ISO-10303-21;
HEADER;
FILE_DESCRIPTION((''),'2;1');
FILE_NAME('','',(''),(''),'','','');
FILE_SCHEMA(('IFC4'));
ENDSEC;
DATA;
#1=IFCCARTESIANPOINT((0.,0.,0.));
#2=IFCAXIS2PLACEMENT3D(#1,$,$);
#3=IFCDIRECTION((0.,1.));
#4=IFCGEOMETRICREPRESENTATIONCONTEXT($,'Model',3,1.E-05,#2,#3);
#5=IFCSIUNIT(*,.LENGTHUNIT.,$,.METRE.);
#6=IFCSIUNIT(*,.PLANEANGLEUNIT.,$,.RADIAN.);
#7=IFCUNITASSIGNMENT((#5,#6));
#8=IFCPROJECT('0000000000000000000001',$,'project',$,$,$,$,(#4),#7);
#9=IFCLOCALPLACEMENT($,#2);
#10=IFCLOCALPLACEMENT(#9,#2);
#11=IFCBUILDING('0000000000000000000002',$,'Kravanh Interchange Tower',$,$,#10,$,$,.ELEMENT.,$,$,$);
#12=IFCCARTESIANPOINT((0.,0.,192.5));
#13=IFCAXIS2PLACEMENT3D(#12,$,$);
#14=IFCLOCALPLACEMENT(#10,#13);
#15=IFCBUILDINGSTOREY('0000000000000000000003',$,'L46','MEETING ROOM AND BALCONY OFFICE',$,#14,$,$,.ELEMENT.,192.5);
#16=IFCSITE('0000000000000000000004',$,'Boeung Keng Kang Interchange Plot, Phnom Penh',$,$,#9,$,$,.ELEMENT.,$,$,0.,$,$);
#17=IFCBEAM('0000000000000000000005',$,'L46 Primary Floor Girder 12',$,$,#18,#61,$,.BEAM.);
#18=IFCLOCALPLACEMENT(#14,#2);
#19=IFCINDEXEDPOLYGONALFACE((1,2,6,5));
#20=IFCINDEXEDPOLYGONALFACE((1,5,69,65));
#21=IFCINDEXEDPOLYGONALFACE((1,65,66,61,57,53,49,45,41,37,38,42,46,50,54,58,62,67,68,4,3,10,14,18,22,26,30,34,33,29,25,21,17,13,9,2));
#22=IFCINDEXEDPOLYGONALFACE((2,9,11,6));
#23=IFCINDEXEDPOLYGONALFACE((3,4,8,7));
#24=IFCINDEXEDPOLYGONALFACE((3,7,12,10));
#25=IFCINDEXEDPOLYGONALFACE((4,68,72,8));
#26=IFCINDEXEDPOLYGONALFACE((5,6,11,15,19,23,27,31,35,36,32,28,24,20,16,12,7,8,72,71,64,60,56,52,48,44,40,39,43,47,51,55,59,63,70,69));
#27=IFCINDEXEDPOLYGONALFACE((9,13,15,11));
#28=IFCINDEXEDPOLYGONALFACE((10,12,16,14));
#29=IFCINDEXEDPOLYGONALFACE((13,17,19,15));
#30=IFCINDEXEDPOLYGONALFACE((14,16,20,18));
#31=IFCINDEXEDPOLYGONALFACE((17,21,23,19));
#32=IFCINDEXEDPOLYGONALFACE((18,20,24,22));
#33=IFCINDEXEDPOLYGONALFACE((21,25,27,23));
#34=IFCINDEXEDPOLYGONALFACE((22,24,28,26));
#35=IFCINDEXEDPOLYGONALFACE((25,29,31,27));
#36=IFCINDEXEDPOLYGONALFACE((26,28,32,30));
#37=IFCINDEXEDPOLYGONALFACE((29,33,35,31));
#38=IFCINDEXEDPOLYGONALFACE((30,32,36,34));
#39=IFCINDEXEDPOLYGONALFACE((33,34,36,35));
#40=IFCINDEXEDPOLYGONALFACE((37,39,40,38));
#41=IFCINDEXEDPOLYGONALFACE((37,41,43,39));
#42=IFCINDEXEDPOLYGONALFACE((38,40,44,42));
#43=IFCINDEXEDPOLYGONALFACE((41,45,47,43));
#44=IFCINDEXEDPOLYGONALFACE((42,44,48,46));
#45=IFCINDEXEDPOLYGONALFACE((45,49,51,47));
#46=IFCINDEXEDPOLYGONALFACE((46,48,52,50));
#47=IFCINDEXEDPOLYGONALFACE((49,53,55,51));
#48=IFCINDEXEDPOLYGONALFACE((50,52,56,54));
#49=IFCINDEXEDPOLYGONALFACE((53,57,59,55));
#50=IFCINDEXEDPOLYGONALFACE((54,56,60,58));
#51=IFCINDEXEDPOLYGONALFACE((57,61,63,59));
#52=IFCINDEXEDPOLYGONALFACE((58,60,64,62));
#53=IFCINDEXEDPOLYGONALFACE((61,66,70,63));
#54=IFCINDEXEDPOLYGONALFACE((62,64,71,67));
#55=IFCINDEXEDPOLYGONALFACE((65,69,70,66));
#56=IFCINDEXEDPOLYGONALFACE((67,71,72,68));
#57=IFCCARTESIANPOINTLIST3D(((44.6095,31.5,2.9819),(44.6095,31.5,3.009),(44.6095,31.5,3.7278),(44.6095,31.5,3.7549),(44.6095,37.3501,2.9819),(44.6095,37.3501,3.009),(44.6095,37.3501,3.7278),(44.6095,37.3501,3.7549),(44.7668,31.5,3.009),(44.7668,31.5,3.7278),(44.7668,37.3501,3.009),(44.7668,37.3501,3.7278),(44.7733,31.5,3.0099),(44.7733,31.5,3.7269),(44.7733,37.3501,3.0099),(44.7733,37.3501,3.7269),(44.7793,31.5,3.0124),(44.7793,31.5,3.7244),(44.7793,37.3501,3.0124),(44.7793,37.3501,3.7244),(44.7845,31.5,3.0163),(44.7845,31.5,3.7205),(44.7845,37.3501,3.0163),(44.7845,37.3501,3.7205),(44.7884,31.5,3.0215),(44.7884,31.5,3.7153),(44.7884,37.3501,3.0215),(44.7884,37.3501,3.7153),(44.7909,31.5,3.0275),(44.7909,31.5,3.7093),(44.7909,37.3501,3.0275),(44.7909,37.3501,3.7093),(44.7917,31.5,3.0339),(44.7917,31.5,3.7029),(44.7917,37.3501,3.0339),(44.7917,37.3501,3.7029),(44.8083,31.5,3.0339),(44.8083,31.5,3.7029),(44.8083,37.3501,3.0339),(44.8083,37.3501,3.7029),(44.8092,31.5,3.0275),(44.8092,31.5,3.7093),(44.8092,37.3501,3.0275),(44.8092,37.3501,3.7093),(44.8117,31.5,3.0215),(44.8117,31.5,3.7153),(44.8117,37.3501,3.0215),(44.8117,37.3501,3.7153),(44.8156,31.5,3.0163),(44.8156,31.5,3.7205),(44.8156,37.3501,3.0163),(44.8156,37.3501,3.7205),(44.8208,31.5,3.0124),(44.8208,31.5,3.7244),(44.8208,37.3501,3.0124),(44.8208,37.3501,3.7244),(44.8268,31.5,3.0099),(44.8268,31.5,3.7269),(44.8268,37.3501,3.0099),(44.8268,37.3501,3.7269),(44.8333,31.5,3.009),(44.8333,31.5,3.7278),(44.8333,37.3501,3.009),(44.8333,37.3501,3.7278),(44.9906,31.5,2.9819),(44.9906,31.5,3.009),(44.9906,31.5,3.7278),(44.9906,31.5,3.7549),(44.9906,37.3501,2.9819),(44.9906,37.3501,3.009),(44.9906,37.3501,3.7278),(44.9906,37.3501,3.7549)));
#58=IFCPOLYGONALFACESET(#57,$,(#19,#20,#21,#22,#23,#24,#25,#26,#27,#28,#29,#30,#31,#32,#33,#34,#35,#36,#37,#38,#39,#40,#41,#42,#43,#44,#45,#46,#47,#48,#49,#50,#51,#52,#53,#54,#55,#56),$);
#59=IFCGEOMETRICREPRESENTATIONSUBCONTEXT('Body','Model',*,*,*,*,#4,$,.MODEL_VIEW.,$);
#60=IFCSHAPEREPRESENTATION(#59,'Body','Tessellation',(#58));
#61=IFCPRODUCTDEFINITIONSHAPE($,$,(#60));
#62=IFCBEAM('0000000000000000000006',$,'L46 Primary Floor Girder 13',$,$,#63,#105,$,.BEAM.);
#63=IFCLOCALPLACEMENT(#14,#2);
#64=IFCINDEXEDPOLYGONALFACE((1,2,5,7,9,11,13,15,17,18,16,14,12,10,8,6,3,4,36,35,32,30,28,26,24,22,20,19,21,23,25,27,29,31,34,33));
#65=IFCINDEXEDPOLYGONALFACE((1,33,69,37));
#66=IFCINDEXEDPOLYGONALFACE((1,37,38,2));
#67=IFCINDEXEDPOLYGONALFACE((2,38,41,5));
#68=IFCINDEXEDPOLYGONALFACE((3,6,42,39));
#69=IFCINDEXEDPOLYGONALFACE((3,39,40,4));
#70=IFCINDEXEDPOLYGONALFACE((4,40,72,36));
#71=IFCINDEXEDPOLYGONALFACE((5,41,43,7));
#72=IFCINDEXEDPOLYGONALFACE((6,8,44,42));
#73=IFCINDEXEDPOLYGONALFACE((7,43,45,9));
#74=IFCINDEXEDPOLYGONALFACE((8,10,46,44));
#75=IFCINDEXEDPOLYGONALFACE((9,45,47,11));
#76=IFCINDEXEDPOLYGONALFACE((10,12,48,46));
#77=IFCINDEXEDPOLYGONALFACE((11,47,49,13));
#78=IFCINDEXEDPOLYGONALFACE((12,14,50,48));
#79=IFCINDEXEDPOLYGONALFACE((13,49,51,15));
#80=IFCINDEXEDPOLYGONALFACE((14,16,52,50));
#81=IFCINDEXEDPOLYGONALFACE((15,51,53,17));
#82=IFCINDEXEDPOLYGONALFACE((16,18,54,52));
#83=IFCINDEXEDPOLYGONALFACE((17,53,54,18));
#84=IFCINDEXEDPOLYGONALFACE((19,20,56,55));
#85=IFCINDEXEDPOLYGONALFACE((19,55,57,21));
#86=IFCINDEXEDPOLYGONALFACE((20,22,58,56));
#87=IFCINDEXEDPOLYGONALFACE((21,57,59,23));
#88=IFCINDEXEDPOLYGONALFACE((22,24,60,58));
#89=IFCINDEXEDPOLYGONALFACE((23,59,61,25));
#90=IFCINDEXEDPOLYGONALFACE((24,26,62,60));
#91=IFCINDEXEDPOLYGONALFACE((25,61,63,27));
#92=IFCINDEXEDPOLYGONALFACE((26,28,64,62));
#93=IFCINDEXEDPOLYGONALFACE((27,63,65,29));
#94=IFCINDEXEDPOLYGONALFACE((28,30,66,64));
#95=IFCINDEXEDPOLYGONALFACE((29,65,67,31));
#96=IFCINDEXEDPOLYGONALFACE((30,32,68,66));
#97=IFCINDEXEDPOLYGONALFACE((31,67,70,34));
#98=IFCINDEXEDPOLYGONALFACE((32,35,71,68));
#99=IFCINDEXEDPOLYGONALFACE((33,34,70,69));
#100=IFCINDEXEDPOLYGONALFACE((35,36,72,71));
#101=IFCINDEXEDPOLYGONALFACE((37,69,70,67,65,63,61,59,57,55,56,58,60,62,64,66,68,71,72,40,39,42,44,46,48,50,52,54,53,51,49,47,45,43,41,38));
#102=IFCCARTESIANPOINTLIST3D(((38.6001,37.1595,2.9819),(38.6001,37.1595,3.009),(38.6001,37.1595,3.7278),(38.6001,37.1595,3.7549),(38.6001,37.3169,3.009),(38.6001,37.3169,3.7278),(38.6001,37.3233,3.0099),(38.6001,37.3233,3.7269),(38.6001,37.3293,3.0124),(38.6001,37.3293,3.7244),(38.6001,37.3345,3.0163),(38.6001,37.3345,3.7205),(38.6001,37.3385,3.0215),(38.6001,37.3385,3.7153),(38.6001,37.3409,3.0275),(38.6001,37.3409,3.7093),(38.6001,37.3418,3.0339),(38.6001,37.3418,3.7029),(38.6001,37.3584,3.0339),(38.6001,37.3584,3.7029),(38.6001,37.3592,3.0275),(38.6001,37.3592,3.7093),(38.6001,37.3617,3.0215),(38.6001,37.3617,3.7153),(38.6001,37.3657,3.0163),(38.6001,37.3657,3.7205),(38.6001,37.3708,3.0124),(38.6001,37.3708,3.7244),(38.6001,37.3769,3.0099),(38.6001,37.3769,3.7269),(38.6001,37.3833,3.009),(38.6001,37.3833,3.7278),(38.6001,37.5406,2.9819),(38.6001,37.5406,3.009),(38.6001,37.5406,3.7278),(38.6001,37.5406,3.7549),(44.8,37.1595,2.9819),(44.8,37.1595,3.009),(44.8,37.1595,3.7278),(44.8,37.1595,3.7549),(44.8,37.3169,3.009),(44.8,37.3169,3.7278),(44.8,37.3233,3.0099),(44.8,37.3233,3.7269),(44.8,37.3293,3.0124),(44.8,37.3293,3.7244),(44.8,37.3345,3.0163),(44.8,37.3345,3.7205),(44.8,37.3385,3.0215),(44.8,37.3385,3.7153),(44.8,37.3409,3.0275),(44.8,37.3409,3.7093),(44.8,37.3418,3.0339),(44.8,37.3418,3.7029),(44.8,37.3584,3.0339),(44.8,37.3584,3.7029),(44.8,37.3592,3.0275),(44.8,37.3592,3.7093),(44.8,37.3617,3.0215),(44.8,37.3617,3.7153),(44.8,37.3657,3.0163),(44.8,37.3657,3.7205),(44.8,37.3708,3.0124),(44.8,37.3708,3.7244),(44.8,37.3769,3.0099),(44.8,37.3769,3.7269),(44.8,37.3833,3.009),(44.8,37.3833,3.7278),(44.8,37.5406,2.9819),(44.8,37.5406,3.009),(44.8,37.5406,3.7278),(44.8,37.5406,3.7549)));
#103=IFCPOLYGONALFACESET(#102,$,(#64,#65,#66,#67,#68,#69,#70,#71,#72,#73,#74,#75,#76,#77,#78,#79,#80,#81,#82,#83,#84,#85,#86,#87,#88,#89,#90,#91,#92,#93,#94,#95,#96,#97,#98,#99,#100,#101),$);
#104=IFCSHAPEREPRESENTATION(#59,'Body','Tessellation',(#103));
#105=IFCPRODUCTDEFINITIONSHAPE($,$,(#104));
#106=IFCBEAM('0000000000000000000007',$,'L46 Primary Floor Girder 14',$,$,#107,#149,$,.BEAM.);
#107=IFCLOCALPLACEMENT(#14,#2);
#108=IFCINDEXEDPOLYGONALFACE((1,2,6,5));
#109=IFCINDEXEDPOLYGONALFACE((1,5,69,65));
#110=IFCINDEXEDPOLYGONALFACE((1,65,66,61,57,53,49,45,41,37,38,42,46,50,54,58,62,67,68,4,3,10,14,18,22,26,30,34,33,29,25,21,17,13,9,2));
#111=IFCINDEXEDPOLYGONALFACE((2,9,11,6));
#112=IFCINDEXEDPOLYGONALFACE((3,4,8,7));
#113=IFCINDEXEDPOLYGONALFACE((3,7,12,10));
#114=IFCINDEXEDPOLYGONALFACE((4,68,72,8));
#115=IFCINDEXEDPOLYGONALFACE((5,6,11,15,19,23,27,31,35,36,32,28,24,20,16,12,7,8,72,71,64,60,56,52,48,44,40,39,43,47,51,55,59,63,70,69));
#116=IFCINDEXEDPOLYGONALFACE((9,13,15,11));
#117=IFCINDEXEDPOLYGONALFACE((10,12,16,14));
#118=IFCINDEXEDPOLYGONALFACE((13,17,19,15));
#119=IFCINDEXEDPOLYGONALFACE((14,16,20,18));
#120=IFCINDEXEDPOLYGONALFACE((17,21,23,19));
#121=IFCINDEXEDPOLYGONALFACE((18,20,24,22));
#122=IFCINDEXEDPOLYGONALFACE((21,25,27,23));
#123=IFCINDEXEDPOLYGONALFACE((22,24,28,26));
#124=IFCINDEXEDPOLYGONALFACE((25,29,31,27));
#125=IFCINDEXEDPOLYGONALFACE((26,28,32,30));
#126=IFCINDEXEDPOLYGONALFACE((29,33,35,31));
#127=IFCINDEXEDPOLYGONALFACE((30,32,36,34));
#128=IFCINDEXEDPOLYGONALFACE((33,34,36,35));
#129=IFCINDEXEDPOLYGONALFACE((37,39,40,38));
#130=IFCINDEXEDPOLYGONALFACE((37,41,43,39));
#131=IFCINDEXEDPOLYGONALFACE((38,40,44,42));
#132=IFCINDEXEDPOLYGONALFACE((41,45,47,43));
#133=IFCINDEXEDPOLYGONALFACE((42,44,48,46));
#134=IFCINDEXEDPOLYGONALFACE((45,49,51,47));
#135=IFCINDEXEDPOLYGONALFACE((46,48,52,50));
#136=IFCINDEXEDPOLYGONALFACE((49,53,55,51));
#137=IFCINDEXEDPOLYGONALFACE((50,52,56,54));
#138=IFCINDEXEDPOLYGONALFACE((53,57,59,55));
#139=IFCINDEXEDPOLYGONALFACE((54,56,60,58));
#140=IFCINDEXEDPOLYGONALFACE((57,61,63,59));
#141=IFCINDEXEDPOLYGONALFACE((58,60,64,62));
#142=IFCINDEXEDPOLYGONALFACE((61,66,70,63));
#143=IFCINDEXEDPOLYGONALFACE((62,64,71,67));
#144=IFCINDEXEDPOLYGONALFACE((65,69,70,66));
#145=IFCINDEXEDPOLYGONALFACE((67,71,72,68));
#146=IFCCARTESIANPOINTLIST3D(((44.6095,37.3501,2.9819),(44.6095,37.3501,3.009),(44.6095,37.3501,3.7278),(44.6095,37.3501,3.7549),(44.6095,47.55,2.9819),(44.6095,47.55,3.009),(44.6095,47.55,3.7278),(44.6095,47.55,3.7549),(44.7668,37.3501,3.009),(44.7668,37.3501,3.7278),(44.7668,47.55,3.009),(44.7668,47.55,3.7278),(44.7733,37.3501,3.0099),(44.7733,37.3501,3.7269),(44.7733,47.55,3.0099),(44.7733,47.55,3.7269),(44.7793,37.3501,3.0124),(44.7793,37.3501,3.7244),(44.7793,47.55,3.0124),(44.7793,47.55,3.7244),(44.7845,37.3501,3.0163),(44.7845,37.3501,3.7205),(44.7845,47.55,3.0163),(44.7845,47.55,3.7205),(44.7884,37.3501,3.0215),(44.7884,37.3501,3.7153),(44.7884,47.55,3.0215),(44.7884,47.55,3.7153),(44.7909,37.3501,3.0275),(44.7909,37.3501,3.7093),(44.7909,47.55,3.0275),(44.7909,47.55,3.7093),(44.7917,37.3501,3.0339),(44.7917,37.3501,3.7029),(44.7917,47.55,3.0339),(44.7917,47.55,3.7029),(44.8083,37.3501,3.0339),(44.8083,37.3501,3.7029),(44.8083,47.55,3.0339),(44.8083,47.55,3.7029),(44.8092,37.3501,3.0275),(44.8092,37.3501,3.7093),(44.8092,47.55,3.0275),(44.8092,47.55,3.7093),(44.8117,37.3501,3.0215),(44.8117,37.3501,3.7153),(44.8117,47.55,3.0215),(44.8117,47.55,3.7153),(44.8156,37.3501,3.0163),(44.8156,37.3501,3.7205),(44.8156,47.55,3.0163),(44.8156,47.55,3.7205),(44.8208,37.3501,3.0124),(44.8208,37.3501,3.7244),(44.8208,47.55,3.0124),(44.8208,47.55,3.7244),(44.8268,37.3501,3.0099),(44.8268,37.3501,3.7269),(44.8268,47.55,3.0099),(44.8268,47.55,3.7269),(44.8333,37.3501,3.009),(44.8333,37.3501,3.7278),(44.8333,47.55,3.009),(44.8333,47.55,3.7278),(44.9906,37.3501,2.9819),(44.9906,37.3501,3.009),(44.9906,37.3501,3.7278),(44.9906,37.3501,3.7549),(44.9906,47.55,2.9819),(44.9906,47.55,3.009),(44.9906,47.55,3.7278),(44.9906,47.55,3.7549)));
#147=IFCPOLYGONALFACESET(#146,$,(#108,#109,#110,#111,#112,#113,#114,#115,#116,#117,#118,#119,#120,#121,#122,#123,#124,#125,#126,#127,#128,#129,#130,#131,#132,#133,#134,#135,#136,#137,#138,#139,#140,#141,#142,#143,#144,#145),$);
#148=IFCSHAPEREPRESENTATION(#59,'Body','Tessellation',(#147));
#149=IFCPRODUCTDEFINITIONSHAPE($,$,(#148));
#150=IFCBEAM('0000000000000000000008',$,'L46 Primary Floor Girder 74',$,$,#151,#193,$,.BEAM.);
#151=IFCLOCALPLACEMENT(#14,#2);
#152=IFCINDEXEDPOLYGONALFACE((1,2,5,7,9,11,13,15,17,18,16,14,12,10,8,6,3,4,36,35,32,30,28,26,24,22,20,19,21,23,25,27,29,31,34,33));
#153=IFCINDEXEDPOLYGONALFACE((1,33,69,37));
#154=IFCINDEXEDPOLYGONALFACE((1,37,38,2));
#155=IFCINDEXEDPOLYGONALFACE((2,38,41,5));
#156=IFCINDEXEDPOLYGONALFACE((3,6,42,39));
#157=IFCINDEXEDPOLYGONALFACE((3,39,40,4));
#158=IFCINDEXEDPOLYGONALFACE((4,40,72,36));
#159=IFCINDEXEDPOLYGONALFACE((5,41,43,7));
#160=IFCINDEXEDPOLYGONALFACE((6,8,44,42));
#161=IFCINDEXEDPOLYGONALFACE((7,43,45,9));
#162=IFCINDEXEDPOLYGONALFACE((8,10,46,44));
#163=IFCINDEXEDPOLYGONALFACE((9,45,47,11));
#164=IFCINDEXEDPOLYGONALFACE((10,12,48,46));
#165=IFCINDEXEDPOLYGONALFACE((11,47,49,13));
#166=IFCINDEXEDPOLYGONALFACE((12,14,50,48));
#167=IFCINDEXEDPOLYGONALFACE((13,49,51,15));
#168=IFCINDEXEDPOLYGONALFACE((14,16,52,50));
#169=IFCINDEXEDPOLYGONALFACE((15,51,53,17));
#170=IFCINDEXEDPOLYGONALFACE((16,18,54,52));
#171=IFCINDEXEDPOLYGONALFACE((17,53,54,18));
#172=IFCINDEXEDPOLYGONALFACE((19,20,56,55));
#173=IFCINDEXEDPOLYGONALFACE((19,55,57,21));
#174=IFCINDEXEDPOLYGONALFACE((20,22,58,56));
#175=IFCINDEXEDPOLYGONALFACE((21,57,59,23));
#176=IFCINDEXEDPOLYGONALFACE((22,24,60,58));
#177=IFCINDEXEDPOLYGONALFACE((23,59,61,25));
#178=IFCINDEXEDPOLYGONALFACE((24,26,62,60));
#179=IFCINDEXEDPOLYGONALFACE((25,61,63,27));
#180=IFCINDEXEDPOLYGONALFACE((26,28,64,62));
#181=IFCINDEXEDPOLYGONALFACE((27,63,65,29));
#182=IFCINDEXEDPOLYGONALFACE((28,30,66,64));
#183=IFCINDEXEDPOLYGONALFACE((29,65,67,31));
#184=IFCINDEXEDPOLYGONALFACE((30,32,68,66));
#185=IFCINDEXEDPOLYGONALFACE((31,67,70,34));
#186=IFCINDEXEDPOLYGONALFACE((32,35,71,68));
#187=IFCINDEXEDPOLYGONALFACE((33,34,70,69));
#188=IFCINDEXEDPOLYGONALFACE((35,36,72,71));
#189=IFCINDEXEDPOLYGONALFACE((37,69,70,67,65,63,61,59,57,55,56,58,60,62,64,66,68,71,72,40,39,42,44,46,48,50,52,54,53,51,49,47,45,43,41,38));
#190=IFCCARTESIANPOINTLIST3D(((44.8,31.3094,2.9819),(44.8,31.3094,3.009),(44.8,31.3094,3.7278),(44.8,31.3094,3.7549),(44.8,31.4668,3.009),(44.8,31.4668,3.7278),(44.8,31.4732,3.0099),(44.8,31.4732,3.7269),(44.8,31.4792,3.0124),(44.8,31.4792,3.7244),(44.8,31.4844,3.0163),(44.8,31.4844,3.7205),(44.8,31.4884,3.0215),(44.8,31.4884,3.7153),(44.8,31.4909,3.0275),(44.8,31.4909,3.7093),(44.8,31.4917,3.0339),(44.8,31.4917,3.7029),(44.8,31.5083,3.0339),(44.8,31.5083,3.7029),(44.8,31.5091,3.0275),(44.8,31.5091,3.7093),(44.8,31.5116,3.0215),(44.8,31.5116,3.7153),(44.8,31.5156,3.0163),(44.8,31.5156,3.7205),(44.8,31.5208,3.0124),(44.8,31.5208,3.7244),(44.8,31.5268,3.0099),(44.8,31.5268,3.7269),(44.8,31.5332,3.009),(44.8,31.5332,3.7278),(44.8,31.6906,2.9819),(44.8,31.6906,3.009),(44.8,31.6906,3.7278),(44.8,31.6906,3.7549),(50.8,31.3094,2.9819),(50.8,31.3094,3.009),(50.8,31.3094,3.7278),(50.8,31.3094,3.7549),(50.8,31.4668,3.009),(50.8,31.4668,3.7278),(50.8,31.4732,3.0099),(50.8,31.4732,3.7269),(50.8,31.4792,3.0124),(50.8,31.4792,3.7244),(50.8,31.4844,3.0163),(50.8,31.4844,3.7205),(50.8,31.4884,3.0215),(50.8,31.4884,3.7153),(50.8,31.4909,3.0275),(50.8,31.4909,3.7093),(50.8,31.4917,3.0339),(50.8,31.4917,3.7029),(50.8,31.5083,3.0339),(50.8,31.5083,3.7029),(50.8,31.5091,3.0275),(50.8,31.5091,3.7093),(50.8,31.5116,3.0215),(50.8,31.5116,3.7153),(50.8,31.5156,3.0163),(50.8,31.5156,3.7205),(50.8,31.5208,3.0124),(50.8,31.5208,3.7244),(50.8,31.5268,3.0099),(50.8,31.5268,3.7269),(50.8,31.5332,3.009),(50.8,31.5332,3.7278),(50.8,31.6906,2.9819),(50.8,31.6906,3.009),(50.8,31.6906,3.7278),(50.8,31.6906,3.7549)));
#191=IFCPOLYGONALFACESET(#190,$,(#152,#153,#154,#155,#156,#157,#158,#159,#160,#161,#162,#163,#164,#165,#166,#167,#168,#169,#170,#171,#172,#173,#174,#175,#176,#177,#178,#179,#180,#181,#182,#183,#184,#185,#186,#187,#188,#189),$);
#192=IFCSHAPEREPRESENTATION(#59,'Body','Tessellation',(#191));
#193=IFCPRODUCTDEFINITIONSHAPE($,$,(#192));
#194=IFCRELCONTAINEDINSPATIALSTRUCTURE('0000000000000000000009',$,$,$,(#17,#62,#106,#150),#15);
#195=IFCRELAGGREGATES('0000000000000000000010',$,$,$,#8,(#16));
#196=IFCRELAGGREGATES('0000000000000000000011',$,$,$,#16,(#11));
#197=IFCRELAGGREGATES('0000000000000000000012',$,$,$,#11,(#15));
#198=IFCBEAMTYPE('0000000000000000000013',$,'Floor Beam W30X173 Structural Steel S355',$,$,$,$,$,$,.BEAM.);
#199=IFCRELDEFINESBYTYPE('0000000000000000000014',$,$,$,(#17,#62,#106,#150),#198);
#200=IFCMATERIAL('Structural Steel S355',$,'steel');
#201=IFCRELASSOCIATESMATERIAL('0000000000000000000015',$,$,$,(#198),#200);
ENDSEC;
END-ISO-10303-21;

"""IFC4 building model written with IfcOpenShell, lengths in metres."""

from ifc_helpers import new_model, si_unit, direction, frame, origin, origin_2d, place, context, subcontext, project, spatial, i_section, extrude, material, material_profile, profile_set, type_object, element, save


model = new_model("IFC4")

# Units and contexts
model_context = context("Model", 3, precision=1e-05, world=origin(), true_north=direction((0.0, 1.0)))
body_context = subcontext(model_context, "Body", "Model", "MODEL_VIEW")
ifc_project = project(units=[si_unit("LENGTHUNIT", "METRE"), si_unit("PLANEANGLEUNIT", "RADIAN")], contexts=[model_context])

# Site, building, storey
site_placement = place(None, origin())
site = spatial("IfcSite", under=ifc_project, at=site_placement, Name="Boeung Keng Kang Interchange Plot, Phnom Penh", CompositionType="ELEMENT", RefElevation=0.0)
building_placement = place(site_placement, origin())
building = spatial("IfcBuilding", under=site, at=building_placement, Name="Kravanh Interchange Tower", CompositionType="ELEMENT")
storey_placement = place(building_placement, frame((0.0, 0.0, 192.5)))
storey = spatial("IfcBuildingStorey", under=building, at=storey_placement, Name="L46", Description="MEETING ROOM AND BALCONY OFFICE", CompositionType="ELEMENT", Elevation=192.5)

# Beams
ifc_material_1 = material(Name="Structural Steel S355", Category="steel")
ifc_material_profile_1 = material_profile(ifc_material_1, i_section(OverallWidth=0.3811, OverallDepth=0.7729, WebThickness=0.0166, FlangeThickness=0.0271, FilletRadius=0.0249, at=origin_2d()), Name="W30X173")
ifc_profile_set_1 = profile_set([ifc_material_profile_1], Name="Structural Steel S355")
beam_type_1 = type_object("IfcBeamType", Name="Floor Beam W30X173 Structural Steel S355", PredefinedType="BEAM", material=ifc_profile_set_1)
beam_1_placement = place(storey_placement, frame((44.8, 37.3501, 3.3684), z_axis=(0.0, -1.0, 0.0), x_axis=(1.0, 0.0, 0.0)))
element("IfcBeam", 1, at=beam_1_placement, inside=storey, type_object=beam_type_1, Name="L46 Primary Floor Girder 12", PredefinedType="BEAM", context=body_context, shape_type="SweptSolid", body=[
    extrude(i_section(OverallWidth=0.3811, OverallDepth=0.7729, WebThickness=0.0166, FlangeThickness=0.0271, FilletRadius=0.0249, at=origin_2d()), origin(), (0.0, 0.0, 1.0), 5.8501),
])
beam_2_placement = place(storey_placement, frame((44.8, 37.3501, 3.3684), z_axis=(-1.0, 0.0, 0.0), x_axis=(0.0, -1.0, 0.0)))
element("IfcBeam", 2, at=beam_2_placement, inside=storey, type_object=beam_type_1, Name="L46 Primary Floor Girder 13", PredefinedType="BEAM", context=body_context, shape_type="SweptSolid", body=[
    extrude(i_section(OverallWidth=0.3811, OverallDepth=0.7729, WebThickness=0.0166, FlangeThickness=0.0271, FilletRadius=0.0249, at=origin_2d()), origin(), (0.0, 0.0, 1.0), 6.2),
])
beam_3_placement = place(storey_placement, frame((44.8, 37.3501, 3.3684), z_axis=(0.0, 1.0, 0.0), x_axis=(-1.0, 0.0, 0.0)))
element("IfcBeam", 3, at=beam_3_placement, inside=storey, type_object=beam_type_1, Name="L46 Primary Floor Girder 14", PredefinedType="BEAM", context=body_context, shape_type="SweptSolid", body=[
    extrude(i_section(OverallWidth=0.3811, OverallDepth=0.7729, WebThickness=0.0166, FlangeThickness=0.0271, FilletRadius=0.0249, at=origin_2d()), origin(), (0.0, 0.0, 1.0), 10.2),
])
beam_4_placement = place(storey_placement, frame((44.8, 31.5, 3.3684), z_axis=(1.0, 0.0, 0.0), x_axis=(0.0, 1.0, 0.0)))
element("IfcBeam", 4, at=beam_4_placement, inside=storey, type_object=beam_type_1, Name="L46 Primary Floor Girder 74", PredefinedType="BEAM", context=body_context, shape_type="SweptSolid", body=[
    extrude(i_section(OverallWidth=0.3811, OverallDepth=0.7729, WebThickness=0.0166, FlangeThickness=0.0271, FilletRadius=0.0249, at=origin_2d()), origin(), (0.0, 0.0, 1.0), 6.0),
])

save(model, "model.ifc")
